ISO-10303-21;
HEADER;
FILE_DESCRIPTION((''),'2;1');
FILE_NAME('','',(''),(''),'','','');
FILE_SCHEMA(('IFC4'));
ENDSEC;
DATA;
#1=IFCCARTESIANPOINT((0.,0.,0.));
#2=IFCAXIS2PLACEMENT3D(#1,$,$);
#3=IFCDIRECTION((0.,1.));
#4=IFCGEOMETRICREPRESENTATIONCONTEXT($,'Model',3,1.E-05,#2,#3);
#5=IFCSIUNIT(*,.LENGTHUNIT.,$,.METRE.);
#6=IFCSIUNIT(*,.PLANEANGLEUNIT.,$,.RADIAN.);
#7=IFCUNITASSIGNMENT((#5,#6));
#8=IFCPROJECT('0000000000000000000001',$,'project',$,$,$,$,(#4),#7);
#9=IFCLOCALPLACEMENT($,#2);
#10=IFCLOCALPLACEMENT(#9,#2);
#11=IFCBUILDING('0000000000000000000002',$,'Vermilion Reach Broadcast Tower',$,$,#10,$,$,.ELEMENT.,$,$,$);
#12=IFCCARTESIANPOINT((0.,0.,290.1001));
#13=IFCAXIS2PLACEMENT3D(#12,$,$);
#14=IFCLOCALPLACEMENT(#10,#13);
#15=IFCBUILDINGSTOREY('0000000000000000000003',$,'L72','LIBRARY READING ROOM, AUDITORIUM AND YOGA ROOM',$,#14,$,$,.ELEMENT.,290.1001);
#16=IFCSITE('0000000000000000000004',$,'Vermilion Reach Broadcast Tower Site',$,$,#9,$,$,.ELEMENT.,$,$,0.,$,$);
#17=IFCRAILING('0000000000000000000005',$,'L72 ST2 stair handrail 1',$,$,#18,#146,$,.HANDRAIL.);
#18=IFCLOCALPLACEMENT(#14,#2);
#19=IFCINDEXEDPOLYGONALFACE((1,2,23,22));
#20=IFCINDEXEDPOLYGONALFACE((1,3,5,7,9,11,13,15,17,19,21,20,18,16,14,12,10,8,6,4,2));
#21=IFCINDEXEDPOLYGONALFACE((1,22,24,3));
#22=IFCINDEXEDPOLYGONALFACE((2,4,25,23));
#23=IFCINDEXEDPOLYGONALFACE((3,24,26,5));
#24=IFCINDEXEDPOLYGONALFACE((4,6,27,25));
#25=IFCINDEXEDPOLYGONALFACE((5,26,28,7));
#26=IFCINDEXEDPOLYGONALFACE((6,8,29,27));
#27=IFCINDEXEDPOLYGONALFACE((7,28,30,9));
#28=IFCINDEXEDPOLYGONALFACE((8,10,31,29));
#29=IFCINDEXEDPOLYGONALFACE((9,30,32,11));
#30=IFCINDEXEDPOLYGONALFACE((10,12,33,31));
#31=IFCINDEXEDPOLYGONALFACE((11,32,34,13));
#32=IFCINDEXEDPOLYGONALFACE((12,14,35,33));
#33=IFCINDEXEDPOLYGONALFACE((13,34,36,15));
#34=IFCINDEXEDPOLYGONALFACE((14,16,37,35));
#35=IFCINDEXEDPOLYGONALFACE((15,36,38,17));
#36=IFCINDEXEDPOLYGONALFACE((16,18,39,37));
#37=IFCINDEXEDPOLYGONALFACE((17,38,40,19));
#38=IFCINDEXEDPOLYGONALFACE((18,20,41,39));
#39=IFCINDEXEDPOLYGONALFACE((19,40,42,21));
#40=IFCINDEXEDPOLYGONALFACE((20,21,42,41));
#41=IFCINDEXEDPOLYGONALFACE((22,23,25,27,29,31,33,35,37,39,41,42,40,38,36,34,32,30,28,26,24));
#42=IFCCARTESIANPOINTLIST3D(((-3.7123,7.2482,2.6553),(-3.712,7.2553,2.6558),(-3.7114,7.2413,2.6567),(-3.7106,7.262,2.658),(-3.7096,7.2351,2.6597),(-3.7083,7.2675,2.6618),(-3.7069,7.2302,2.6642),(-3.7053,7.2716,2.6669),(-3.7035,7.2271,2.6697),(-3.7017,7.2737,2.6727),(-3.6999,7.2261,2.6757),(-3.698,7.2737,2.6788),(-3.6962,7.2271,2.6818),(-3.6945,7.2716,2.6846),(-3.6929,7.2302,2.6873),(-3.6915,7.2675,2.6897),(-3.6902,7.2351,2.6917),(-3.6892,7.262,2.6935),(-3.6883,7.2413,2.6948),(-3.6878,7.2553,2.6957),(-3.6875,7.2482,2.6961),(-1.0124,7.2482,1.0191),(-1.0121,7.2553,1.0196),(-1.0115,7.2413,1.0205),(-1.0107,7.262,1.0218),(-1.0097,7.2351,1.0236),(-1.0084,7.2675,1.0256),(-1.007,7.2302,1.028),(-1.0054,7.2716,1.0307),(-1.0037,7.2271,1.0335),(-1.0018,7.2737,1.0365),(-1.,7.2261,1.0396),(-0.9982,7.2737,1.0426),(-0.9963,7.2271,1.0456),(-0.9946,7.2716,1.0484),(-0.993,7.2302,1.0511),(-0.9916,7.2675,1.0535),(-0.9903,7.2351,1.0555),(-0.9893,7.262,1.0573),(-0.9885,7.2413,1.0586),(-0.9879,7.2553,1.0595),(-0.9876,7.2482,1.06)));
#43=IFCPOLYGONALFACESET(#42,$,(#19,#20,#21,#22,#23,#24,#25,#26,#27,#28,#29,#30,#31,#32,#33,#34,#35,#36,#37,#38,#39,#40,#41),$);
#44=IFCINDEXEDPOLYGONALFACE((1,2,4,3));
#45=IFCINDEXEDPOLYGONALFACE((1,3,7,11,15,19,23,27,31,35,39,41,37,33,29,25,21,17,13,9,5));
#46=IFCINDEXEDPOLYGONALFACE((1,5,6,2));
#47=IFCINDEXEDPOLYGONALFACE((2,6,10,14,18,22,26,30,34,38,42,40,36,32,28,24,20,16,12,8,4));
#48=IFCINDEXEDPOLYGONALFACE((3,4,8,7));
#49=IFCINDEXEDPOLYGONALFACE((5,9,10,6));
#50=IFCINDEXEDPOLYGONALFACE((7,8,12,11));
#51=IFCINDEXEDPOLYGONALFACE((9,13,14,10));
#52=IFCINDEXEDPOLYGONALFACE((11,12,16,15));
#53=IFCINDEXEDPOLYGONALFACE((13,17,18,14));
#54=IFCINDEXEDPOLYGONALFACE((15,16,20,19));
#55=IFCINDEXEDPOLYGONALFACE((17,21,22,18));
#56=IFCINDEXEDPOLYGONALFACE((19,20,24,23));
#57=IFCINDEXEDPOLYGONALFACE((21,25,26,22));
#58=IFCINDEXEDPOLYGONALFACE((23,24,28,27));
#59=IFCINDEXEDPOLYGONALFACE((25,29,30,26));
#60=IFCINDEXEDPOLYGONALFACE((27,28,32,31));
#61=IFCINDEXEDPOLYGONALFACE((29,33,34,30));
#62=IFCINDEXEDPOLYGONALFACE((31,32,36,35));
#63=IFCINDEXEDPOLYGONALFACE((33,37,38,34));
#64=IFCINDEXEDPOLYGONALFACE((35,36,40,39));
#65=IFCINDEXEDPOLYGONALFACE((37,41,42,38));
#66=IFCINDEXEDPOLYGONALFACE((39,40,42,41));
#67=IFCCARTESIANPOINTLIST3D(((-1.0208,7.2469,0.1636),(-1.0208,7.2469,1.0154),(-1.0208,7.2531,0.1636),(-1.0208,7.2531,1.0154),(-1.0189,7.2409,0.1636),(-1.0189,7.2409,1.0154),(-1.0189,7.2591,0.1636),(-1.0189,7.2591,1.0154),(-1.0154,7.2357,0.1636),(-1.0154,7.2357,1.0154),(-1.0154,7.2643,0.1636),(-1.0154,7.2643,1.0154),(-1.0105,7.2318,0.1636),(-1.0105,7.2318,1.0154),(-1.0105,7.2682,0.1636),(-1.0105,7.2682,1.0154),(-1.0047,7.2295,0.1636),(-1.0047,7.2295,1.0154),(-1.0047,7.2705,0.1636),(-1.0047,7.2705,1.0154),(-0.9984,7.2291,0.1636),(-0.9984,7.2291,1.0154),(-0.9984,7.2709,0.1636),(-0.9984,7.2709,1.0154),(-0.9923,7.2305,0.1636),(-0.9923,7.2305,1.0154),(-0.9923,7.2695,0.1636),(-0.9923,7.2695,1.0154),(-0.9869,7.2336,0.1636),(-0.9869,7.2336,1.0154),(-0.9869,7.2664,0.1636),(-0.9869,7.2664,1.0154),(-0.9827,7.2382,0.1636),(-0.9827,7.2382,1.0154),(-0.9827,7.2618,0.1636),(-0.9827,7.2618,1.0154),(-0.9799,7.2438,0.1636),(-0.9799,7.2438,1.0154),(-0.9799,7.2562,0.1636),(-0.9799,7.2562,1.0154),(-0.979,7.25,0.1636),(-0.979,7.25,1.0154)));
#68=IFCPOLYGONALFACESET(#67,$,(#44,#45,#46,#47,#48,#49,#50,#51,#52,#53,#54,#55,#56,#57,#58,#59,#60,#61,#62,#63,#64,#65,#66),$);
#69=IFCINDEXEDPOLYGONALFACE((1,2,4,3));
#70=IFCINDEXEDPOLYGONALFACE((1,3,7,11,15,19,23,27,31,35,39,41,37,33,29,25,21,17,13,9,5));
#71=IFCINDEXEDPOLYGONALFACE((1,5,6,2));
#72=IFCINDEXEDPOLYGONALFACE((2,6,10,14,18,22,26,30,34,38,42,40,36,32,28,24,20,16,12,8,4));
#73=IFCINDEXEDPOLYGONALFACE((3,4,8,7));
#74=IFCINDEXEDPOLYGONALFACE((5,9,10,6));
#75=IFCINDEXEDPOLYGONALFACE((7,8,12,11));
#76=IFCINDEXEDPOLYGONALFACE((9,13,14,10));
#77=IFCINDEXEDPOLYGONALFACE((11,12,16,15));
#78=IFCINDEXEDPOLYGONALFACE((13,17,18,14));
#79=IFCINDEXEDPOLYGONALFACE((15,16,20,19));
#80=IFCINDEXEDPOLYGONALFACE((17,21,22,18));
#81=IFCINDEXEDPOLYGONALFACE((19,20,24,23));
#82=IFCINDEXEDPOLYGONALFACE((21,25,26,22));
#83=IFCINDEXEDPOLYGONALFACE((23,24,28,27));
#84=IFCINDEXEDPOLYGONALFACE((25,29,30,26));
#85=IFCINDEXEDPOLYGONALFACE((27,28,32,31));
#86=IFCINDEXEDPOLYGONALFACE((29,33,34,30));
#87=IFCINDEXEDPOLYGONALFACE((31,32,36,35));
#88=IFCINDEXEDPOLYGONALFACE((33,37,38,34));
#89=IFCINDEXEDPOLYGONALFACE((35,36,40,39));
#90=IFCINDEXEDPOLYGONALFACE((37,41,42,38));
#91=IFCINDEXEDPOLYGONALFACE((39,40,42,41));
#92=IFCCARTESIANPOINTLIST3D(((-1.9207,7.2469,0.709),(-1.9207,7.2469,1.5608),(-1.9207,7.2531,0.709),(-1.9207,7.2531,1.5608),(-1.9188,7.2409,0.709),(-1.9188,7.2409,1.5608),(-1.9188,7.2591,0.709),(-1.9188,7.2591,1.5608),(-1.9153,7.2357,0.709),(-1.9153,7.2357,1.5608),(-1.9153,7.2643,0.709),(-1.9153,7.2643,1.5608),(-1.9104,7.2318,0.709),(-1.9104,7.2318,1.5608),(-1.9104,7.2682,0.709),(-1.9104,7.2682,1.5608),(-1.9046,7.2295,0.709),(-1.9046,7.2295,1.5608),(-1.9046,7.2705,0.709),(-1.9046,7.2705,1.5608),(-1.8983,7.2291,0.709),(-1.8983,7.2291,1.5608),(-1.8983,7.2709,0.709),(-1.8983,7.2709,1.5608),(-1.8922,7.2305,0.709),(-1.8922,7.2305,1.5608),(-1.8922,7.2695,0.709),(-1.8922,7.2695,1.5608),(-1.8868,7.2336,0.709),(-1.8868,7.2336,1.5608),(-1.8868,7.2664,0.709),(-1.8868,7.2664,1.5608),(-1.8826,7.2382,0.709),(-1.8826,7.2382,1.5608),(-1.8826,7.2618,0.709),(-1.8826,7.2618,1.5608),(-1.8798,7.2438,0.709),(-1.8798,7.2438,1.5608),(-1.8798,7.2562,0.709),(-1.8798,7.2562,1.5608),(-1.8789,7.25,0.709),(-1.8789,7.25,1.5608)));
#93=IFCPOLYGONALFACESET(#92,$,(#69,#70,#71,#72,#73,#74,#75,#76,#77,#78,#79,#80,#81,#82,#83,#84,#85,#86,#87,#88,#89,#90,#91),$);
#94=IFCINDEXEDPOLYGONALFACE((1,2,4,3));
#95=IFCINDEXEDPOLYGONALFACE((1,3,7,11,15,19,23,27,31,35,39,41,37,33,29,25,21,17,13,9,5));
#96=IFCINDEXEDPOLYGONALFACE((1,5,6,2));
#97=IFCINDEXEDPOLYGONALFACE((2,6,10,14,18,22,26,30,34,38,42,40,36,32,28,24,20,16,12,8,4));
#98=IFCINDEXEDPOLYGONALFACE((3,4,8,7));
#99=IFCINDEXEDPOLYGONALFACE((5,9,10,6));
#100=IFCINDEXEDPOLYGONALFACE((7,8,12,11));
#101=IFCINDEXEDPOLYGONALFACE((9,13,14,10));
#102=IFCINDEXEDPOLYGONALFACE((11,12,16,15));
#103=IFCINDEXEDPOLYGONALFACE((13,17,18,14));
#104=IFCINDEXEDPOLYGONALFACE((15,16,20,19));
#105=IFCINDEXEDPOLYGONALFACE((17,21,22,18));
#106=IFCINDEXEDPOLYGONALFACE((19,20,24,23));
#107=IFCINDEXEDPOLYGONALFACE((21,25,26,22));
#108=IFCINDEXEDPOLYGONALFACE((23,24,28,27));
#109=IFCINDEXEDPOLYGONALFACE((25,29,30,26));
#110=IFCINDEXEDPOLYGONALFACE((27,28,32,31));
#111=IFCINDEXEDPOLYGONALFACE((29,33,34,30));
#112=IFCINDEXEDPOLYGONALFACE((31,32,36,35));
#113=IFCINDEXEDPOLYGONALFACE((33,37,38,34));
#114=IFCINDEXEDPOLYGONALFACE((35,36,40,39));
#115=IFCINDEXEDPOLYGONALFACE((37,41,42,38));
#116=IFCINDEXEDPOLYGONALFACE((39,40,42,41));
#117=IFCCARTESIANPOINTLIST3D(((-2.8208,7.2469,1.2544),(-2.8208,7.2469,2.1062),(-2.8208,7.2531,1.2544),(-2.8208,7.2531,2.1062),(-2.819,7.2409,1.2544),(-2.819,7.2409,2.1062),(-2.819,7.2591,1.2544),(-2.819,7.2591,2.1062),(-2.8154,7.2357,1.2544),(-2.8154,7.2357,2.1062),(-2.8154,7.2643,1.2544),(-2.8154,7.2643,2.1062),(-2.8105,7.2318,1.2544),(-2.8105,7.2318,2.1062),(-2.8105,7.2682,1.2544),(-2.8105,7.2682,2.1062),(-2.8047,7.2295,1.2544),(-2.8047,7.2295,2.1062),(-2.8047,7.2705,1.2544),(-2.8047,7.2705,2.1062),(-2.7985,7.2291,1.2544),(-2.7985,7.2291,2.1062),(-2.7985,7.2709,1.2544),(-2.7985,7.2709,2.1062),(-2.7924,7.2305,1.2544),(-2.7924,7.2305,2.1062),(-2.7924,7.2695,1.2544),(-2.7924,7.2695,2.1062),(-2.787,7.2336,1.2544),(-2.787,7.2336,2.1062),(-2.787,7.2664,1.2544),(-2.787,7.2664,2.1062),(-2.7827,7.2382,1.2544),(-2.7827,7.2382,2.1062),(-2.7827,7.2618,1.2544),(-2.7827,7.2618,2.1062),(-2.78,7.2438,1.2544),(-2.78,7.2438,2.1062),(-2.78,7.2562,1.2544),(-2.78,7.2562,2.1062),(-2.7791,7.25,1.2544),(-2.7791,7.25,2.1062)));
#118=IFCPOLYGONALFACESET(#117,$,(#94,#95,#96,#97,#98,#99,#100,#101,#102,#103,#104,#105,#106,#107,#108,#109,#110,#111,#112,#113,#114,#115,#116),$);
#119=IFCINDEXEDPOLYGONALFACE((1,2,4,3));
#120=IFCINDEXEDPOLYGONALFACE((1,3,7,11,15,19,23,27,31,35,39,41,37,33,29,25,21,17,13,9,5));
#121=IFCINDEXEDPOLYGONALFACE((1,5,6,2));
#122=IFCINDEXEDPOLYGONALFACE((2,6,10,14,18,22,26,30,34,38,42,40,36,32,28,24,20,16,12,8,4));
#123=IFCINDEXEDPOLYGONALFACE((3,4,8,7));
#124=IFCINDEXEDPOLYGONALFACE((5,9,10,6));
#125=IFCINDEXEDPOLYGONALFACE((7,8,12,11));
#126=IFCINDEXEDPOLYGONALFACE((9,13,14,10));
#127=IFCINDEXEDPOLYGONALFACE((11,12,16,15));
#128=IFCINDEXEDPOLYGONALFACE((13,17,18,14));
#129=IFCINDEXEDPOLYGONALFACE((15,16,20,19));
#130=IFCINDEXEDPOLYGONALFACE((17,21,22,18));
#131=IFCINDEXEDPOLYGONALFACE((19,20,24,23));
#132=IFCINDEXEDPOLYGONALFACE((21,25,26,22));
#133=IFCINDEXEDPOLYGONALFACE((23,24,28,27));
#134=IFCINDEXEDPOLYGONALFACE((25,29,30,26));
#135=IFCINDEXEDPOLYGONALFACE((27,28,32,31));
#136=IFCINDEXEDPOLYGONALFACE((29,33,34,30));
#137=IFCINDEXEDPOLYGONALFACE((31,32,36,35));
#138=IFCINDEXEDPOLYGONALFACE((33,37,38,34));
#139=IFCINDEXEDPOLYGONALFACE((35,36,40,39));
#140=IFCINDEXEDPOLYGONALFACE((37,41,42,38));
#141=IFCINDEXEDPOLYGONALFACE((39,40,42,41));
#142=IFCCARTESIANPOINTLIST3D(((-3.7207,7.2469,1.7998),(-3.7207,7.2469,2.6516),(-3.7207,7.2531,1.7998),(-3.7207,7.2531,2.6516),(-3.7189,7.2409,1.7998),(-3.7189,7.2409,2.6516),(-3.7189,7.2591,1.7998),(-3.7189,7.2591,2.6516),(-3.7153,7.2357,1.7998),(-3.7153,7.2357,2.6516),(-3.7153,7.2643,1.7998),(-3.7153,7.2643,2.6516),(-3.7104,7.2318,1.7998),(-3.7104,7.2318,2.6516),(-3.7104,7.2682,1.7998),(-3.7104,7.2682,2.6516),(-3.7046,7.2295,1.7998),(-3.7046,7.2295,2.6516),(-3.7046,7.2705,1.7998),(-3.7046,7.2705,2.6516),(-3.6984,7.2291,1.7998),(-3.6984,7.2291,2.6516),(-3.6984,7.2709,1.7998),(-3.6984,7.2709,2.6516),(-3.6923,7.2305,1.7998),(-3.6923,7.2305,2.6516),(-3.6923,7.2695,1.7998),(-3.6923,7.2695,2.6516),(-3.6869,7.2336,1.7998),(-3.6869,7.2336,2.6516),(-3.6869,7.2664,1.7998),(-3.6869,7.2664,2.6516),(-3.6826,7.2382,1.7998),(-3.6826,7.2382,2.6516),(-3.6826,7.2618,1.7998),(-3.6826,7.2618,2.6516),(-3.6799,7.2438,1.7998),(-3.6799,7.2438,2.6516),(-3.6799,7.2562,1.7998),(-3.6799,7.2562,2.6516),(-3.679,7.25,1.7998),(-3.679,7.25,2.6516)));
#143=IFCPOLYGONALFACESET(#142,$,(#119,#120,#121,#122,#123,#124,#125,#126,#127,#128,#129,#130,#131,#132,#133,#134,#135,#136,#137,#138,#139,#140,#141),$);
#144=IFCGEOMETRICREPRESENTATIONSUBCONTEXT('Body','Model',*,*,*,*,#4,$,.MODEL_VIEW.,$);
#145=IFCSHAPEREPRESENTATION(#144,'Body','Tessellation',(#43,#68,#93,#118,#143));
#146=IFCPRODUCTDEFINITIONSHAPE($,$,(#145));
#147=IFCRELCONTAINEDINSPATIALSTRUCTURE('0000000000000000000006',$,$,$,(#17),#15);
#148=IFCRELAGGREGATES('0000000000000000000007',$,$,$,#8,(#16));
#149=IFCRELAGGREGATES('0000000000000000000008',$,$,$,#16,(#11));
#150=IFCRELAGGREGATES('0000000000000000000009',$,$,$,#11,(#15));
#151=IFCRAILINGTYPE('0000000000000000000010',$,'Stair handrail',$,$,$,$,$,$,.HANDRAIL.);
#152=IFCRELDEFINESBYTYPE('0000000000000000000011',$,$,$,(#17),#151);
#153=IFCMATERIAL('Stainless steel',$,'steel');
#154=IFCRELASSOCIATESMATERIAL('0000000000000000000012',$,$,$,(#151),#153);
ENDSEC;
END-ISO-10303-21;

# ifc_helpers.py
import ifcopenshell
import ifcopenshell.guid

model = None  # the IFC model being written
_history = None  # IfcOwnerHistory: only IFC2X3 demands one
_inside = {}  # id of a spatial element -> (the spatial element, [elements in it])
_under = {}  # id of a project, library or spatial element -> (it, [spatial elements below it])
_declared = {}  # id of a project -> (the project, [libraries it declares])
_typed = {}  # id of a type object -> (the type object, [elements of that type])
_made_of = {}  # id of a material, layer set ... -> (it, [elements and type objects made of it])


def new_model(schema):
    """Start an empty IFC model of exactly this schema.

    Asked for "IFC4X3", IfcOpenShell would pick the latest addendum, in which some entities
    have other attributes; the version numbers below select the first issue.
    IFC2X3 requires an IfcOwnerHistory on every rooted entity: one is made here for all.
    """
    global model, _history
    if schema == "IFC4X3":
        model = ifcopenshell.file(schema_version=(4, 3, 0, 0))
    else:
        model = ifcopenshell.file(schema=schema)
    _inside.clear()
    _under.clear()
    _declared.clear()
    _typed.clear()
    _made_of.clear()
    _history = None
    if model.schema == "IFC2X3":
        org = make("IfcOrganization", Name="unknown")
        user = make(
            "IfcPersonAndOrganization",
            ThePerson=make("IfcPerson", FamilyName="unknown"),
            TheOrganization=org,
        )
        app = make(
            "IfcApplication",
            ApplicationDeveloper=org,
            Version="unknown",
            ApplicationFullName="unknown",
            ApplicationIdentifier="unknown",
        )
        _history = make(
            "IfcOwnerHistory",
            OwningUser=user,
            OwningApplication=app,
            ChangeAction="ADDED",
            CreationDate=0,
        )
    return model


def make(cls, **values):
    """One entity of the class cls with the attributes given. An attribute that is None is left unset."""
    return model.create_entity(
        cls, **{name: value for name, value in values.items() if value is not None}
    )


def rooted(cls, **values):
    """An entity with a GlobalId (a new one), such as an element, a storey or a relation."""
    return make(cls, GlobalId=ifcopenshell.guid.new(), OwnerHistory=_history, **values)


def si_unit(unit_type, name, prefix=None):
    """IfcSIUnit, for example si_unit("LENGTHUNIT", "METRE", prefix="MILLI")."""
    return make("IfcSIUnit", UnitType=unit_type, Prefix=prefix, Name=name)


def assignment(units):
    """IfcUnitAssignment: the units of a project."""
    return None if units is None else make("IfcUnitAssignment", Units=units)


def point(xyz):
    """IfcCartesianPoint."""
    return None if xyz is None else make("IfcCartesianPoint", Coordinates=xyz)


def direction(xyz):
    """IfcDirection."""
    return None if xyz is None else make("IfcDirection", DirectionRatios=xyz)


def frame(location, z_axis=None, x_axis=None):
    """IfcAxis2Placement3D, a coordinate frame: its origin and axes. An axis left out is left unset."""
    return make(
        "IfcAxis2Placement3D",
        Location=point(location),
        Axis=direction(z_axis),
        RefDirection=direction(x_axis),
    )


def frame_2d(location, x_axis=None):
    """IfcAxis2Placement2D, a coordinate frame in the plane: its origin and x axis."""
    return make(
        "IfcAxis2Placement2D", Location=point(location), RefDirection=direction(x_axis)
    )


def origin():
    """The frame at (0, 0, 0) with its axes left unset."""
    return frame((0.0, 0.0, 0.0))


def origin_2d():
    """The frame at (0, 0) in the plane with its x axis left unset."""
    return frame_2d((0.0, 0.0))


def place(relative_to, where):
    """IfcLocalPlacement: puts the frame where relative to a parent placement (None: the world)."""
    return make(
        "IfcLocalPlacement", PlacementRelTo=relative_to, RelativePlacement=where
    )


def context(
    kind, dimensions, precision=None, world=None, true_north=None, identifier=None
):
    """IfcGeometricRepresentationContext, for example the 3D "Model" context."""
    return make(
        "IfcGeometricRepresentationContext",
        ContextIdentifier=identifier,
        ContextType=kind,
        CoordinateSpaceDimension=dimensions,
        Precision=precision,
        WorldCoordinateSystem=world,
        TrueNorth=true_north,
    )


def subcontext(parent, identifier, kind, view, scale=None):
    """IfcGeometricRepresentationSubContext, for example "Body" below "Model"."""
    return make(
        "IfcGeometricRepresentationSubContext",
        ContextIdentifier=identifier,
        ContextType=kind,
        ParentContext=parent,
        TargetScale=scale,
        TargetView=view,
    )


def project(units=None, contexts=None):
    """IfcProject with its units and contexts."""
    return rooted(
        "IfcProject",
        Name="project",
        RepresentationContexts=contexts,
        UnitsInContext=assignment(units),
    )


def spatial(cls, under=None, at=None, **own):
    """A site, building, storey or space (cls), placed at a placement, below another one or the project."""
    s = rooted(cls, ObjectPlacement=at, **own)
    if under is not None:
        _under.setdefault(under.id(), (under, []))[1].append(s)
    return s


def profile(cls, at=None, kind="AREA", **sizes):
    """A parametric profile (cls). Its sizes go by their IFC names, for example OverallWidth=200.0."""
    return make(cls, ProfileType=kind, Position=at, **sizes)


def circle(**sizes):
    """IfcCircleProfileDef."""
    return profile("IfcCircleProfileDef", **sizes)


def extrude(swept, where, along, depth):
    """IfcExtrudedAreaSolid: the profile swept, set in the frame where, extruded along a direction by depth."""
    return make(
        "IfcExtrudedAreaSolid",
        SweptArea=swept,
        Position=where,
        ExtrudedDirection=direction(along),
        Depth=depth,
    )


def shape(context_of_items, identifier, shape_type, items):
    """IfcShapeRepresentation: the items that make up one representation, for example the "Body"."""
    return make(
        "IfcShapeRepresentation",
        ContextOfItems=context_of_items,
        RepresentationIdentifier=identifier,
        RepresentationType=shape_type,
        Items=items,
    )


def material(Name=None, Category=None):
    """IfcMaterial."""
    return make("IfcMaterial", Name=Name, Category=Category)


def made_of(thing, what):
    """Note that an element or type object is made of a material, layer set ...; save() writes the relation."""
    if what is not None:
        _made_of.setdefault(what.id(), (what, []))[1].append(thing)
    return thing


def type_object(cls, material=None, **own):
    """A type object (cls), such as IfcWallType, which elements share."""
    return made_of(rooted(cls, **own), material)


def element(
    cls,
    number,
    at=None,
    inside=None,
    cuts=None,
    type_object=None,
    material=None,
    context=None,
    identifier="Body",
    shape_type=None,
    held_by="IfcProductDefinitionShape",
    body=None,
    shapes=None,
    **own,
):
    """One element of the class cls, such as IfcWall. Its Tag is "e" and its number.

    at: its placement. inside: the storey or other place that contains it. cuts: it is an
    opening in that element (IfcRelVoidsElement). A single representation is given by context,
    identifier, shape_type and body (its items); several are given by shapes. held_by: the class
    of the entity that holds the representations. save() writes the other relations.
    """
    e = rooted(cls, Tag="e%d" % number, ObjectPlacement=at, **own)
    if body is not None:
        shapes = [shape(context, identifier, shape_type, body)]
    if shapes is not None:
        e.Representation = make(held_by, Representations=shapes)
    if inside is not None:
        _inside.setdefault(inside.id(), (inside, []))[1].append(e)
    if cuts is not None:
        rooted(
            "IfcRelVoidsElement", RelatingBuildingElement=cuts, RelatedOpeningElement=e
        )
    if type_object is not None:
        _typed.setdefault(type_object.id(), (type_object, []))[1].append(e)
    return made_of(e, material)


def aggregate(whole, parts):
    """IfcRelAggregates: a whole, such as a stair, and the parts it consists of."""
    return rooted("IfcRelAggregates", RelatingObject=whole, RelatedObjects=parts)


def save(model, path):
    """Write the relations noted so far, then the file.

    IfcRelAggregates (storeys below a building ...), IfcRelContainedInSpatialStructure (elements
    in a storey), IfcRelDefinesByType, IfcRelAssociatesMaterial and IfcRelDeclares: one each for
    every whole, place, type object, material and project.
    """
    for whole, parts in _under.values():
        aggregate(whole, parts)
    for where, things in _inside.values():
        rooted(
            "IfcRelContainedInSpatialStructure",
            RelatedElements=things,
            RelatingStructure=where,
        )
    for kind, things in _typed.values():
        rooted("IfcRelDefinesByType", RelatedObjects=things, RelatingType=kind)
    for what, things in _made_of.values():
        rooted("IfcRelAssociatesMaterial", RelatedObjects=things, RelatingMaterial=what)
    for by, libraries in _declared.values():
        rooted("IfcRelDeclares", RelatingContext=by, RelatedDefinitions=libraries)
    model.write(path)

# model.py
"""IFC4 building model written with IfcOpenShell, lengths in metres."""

from ifc_helpers import new_model, si_unit, direction, frame, origin, origin_2d, place, context, subcontext, project, spatial, circle, extrude, material, type_object, element, save


model = new_model("IFC4")

# Units and contexts
model_context = context("Model", 3, precision=1e-05, world=origin(), true_north=direction((0.0, 1.0)))
body_context = subcontext(model_context, "Body", "Model", "MODEL_VIEW")
ifc_project = project(units=[si_unit("LENGTHUNIT", "METRE"), si_unit("PLANEANGLEUNIT", "RADIAN")], contexts=[model_context])

# Site, building, storey
site_placement = place(None, origin())
site = spatial("IfcSite", under=ifc_project, at=site_placement, Name="Vermilion Reach Broadcast Tower Site", CompositionType="ELEMENT", RefElevation=0.0)
building_placement = place(site_placement, origin())
building = spatial("IfcBuilding", under=site, at=building_placement, Name="Vermilion Reach Broadcast Tower", CompositionType="ELEMENT")
storey_placement = place(building_placement, frame((0.0, 0.0, 290.1001)))
storey = spatial("IfcBuildingStorey", under=building, at=storey_placement, Name="L72", Description="LIBRARY READING ROOM, AUDITORIUM AND YOGA ROOM", CompositionType="ELEMENT", Elevation=290.1001)

# Railing
ifc_material_1 = material(Name="Stainless steel", Category="steel")
railing_type_1 = type_object("IfcRailingType", Name="Stair handrail", PredefinedType="HANDRAIL", material=ifc_material_1)
railing_1_placement = place(storey_placement, frame((-1.0, 7.25, 0.1636)))
element("IfcRailing", 1, at=railing_1_placement, inside=storey, type_object=railing_type_1, Name="L72 ST2 stair handrail 1", PredefinedType="HANDRAIL", context=body_context, shape_type="SweptSolid", body=[
    extrude(circle(Radius=0.0239, at=origin_2d()), frame((0.0, 0.0, 0.876), z_axis=(-0.855212, 0.0, 0.518278), x_axis=(0.0, -1.0, 0.0)), (0.0, 0.0, 1.0), 3.157),
    extrude(circle(Radius=0.021, at=origin_2d()), origin(), (0.0, 0.0, 1.0), 0.8518),
    extrude(circle(Radius=0.021, at=origin_2d()), frame((-0.8999, 0.0, 0.5454)), (0.0, 0.0, 1.0), 0.8518),
    extrude(circle(Radius=0.021, at=origin_2d()), frame((-1.8, 0.0, 1.0908)), (0.0, 0.0, 1.0), 0.8518),
    extrude(circle(Radius=0.021, at=origin_2d()), frame((-2.7, 0.0, 1.6362)), (0.0, 0.0, 1.0), 0.8518),
])

save(model, "model.ifc")
